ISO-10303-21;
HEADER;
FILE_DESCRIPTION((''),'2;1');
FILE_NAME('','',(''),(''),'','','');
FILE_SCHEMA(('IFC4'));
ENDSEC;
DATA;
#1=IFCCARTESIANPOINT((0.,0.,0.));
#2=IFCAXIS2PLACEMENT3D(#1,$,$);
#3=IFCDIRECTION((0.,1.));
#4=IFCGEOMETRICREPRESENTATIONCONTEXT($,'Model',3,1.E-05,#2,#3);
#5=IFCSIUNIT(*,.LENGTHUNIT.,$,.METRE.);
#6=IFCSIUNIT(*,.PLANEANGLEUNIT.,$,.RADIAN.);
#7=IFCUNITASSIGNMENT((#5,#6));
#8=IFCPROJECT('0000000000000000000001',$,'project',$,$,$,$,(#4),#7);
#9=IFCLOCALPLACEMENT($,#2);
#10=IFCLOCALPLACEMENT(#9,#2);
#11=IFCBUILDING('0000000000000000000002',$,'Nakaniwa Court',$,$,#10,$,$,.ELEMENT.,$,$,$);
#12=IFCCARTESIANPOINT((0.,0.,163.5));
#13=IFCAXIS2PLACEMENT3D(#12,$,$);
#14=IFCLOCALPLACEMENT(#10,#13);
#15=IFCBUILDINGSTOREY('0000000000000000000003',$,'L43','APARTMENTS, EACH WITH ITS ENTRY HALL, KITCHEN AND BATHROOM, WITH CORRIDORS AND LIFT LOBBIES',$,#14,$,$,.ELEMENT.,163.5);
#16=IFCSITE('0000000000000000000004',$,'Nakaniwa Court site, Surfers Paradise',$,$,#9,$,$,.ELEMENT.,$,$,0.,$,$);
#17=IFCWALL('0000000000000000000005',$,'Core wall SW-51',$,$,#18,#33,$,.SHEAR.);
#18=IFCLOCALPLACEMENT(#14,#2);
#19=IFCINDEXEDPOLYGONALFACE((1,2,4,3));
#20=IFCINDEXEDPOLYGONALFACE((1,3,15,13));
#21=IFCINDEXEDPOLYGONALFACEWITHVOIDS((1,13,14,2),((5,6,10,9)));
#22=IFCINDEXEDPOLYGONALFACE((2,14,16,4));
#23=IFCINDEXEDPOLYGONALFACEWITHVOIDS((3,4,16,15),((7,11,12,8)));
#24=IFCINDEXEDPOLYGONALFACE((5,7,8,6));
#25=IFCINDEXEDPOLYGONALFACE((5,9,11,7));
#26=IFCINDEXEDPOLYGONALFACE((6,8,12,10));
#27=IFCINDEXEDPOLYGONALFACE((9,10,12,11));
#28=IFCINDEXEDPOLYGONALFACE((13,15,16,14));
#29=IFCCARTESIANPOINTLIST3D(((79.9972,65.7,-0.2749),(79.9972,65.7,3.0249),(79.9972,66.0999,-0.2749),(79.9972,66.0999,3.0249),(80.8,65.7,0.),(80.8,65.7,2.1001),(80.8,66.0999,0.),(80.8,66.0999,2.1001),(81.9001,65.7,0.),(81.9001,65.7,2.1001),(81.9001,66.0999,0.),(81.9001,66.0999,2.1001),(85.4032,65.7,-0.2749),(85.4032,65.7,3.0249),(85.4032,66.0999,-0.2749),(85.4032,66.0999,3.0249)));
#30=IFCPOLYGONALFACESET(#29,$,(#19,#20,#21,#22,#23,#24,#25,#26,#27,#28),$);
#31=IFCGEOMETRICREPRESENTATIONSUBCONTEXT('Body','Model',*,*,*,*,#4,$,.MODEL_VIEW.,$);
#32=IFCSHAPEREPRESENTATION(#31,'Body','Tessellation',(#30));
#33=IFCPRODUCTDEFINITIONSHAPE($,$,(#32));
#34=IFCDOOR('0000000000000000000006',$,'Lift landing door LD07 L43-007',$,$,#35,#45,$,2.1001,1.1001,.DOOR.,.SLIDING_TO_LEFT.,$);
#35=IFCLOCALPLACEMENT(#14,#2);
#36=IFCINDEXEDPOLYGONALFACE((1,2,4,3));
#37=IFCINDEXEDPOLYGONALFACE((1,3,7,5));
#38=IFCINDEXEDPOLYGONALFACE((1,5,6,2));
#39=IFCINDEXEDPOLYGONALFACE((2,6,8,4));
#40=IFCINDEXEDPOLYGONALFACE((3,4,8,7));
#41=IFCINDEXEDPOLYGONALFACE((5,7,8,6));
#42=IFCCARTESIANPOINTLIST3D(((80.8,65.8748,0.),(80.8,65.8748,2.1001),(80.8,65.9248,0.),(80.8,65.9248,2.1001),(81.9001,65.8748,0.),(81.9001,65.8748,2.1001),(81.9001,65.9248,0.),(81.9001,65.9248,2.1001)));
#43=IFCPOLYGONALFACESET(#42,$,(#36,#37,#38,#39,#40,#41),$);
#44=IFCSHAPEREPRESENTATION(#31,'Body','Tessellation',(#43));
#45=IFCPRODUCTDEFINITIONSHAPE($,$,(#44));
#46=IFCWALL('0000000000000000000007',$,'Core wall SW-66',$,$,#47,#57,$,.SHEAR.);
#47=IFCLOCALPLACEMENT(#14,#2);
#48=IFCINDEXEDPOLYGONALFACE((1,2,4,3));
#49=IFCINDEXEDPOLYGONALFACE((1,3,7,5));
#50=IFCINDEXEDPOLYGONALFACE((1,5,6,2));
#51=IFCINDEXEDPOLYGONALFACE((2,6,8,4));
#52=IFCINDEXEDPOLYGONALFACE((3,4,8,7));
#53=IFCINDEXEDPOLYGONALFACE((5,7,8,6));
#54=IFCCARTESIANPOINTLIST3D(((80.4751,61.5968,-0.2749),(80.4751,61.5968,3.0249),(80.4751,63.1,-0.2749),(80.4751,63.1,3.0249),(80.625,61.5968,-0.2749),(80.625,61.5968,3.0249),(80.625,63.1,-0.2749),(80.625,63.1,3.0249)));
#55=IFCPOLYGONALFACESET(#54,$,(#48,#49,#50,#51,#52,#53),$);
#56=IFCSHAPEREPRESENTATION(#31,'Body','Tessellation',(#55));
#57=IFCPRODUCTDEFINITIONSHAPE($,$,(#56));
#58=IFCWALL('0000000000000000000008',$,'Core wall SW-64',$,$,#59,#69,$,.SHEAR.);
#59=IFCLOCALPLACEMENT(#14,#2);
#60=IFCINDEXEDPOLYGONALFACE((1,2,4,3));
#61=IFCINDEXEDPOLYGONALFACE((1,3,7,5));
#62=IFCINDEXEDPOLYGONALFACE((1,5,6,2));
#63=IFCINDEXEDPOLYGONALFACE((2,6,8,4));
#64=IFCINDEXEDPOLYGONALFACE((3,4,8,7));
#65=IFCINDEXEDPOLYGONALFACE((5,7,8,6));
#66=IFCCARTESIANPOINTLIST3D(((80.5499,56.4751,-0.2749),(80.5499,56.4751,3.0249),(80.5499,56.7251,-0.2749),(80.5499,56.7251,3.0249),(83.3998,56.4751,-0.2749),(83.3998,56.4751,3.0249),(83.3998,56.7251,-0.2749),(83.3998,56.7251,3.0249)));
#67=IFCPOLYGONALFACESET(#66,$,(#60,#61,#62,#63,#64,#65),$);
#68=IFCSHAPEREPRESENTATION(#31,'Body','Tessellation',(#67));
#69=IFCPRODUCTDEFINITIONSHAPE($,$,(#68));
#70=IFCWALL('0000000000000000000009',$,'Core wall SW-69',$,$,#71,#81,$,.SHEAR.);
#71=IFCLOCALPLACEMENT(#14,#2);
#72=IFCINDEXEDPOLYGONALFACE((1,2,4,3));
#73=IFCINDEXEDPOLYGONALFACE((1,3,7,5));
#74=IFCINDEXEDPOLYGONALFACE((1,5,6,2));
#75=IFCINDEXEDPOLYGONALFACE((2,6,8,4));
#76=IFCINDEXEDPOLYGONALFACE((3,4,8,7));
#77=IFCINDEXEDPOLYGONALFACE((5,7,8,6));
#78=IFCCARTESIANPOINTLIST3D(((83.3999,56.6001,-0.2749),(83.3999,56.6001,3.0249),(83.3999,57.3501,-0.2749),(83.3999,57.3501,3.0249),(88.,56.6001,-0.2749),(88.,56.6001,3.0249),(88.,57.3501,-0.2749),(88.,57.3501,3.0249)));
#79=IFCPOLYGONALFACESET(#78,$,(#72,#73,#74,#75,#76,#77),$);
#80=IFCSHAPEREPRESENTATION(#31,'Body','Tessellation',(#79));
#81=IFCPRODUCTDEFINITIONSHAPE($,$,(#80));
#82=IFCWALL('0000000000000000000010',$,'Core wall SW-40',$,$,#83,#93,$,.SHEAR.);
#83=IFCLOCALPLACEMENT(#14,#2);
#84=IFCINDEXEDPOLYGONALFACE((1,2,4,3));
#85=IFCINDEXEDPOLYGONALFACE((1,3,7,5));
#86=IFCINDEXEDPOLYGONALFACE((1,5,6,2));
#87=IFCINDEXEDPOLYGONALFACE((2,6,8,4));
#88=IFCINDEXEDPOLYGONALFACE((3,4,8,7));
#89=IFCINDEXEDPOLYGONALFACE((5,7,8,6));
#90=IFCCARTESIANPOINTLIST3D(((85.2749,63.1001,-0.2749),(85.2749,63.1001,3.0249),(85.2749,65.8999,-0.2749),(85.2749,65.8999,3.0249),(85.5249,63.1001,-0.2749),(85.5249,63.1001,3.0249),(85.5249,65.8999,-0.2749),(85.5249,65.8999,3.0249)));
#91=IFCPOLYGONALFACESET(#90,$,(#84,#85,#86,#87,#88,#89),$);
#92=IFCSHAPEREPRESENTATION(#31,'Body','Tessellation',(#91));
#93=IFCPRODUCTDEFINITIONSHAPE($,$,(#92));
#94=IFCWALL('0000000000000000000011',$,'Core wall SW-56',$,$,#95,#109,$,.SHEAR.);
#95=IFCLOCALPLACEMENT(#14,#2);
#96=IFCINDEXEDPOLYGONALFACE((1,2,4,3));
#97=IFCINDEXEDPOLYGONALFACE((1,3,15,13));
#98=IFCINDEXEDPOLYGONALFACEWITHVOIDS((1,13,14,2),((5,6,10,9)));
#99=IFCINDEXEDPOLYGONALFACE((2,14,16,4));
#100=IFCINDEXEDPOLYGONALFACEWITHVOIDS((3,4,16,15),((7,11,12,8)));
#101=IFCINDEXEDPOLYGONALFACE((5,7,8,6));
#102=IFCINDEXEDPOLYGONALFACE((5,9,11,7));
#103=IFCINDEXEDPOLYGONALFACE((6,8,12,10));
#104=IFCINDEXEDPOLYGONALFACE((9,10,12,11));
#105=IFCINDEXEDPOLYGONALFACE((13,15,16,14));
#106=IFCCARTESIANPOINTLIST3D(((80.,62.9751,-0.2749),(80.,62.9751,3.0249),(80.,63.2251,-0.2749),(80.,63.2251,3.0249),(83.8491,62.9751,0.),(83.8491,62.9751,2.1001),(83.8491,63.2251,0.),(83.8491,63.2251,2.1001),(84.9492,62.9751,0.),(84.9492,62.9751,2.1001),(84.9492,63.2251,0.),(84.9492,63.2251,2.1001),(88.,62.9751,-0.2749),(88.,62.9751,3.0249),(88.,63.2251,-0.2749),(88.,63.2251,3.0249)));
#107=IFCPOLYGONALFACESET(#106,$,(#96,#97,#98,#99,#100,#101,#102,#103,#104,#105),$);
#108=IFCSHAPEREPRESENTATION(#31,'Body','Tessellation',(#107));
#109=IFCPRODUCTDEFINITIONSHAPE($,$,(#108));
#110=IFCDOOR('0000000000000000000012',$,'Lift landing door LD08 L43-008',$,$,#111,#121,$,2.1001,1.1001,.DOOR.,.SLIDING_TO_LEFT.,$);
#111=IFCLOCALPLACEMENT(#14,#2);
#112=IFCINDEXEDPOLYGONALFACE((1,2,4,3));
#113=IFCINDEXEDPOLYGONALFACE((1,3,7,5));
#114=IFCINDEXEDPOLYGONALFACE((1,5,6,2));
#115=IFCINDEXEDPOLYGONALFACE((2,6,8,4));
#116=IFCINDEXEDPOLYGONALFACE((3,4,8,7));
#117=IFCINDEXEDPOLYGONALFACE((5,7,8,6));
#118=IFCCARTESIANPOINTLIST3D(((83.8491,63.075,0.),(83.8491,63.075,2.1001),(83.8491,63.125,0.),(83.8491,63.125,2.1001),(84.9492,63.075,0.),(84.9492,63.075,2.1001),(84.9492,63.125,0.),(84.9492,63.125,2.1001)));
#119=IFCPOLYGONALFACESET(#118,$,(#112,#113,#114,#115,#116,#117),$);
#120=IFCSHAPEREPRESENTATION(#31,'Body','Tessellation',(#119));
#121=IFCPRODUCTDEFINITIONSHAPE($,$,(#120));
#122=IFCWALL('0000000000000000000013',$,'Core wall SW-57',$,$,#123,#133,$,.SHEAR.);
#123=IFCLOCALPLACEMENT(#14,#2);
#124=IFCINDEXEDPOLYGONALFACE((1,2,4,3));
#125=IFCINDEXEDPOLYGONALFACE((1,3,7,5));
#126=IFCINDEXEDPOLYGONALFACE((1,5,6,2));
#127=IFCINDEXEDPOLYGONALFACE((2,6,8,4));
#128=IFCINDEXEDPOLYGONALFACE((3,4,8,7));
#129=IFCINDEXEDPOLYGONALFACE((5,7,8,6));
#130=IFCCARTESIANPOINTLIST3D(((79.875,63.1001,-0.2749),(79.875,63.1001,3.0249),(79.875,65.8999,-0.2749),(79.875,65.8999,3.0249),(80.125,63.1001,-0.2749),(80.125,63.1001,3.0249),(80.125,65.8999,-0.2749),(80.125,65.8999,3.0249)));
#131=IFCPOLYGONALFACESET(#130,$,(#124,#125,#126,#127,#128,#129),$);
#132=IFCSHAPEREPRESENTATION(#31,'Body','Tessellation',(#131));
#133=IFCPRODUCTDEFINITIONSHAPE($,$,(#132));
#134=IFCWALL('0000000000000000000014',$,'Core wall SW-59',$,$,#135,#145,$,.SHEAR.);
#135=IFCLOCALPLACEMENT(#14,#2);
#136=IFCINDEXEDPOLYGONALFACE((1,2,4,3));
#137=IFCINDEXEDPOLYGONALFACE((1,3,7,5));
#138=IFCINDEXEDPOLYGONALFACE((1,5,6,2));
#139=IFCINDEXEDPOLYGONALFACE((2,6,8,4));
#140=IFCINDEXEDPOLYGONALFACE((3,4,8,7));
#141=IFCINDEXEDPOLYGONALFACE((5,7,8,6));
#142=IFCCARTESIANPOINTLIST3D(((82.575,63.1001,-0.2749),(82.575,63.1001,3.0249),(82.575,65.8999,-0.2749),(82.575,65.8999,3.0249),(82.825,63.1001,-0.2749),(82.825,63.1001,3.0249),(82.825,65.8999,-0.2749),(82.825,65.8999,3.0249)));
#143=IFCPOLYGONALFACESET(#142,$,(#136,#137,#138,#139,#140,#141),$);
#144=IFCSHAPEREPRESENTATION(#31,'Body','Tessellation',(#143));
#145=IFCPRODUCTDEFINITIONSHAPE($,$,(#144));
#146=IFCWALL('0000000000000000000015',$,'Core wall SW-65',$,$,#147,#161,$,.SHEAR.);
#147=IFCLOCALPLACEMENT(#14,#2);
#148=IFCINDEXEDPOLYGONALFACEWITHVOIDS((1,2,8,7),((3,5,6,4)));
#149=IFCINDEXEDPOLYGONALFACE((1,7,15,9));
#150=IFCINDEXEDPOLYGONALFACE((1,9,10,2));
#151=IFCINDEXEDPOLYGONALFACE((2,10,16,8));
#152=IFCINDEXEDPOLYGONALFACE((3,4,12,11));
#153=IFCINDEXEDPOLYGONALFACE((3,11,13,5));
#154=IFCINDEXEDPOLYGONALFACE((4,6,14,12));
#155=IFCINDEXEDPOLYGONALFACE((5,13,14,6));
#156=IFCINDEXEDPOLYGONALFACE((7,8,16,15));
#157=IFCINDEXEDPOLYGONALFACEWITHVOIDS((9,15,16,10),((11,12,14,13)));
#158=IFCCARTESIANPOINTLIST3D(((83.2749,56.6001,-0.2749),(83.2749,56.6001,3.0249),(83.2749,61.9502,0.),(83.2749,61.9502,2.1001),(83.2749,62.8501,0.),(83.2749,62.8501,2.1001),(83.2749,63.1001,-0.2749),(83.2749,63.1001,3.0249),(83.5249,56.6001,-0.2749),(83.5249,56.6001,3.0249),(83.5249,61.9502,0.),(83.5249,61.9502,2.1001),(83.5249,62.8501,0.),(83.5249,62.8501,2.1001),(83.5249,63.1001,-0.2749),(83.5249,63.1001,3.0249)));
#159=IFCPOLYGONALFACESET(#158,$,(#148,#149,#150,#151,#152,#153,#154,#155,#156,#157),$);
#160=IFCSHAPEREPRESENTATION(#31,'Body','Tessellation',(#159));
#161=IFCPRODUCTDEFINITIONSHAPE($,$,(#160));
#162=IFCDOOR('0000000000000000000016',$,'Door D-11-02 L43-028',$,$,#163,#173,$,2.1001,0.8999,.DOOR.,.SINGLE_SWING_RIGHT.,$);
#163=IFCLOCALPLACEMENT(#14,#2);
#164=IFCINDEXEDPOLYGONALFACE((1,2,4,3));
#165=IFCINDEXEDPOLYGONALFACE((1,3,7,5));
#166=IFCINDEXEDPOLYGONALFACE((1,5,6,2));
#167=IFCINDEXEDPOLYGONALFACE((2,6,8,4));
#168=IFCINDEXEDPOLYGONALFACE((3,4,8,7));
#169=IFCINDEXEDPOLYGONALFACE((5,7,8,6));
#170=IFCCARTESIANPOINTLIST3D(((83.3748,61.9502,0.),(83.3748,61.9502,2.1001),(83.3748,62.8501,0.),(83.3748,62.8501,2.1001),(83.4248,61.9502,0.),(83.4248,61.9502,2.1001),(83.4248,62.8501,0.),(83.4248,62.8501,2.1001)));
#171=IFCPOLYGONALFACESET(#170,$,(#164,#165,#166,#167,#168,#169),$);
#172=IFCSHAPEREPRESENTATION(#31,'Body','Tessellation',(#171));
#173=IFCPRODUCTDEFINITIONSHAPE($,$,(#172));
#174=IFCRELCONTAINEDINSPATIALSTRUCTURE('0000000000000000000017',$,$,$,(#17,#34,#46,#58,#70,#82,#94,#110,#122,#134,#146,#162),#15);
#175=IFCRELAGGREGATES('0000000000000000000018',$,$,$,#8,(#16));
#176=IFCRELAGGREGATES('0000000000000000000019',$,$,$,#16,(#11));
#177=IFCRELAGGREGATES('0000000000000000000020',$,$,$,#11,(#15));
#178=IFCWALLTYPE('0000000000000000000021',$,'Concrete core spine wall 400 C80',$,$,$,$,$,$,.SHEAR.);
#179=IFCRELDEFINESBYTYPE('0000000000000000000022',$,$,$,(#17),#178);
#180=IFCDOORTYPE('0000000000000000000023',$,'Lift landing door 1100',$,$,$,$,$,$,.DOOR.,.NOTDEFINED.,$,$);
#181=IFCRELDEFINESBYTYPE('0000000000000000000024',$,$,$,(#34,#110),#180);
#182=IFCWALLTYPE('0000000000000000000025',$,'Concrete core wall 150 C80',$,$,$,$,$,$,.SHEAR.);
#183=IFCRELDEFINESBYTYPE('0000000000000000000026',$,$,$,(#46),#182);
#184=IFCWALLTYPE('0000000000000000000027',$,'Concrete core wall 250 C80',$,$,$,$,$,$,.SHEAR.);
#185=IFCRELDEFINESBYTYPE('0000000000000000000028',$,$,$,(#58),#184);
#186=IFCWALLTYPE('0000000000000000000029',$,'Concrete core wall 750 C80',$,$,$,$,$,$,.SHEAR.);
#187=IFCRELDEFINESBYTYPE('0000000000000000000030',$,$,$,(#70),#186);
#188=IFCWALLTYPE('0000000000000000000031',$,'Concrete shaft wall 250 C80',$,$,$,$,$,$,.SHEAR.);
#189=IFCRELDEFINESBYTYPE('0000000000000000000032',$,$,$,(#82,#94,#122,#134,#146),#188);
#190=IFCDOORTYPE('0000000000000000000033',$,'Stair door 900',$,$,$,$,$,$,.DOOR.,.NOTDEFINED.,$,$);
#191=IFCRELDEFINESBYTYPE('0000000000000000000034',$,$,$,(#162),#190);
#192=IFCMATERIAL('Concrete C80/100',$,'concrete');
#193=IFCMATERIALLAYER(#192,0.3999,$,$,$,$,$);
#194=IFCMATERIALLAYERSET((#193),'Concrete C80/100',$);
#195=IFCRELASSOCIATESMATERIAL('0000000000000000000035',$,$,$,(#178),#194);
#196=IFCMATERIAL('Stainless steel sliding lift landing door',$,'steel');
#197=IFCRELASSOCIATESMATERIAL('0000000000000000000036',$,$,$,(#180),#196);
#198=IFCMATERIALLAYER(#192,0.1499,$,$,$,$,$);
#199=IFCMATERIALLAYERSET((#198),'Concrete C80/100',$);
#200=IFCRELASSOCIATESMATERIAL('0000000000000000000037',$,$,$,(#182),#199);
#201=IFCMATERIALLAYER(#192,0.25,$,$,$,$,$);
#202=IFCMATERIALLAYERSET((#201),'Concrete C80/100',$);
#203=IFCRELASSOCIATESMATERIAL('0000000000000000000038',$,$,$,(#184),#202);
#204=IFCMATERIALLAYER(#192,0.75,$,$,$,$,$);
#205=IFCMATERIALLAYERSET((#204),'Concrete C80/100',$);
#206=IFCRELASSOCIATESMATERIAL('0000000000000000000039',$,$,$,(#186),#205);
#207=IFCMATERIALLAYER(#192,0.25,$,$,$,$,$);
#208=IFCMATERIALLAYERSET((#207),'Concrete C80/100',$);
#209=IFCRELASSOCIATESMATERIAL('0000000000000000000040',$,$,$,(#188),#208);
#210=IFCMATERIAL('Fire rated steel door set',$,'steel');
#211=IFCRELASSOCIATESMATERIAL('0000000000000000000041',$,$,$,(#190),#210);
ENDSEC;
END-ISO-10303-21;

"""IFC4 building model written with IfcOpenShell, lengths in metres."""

from ifc_helpers import new_model, si_unit, direction, frame, frame_2d, origin, place, context, subcontext, project, spatial, rectangle, extrude, material, layer, layer_set, type_object, element, fill, save


model = new_model("IFC4")

# Units and contexts
model_context = context("Model", 3, precision=1e-05, world=origin(), true_north=direction((0.0, 1.0)))
body_context = subcontext(model_context, "Body", "Model", "MODEL_VIEW")
ifc_project = project(units=[si_unit("LENGTHUNIT", "METRE"), si_unit("PLANEANGLEUNIT", "RADIAN")], contexts=[model_context])

# Site, building, storey
site_placement = place(None, origin())
site = spatial("IfcSite", under=ifc_project, at=site_placement, Name="Nakaniwa Court site, Surfers Paradise", CompositionType="ELEMENT", RefElevation=0.0)
building_placement = place(site_placement, origin())
building = spatial("IfcBuilding", under=site, at=building_placement, Name="Nakaniwa Court", CompositionType="ELEMENT")
storey_placement = place(building_placement, frame((0.0, 0.0, 163.5)))
storey = spatial("IfcBuildingStorey", under=building, at=storey_placement, Name="L43", Description="APARTMENTS, EACH WITH ITS ENTRY HALL, KITCHEN AND BATHROOM, WITH CORRIDORS AND LIFT LOBBIES", CompositionType="ELEMENT", Elevation=163.5)

# Shared definitions
ifc_material_1 = material(Name="Fire rated steel door set", Category="steel")

# Wall, opening, door
ifc_material_2 = material(Name="Concrete C80/100", Category="concrete")
ifc_layer_1 = layer(ifc_material_2, 0.3999)
ifc_layer_set_1 = layer_set([ifc_layer_1], Name="Concrete C80/100")
wall_type_1 = type_object("IfcWallType", Name="Concrete core spine wall 400 C80", PredefinedType="SHEAR", material=ifc_layer_set_1)
wall_1_placement = place(storey_placement, frame((79.9971, 65.8999, -0.2749), z_axis=(0.0, 0.0, 1.0), x_axis=(1.0, 0.0, 0.0)))
wall_1 = element("IfcWall", 1, at=wall_1_placement, inside=storey, type_object=wall_type_1, Name="Core wall SW-51", PredefinedType="SHEAR", context=body_context, shape_type="SweptSolid", body=[
    extrude(rectangle(XDim=5.406, YDim=0.3999, at=frame_2d((2.7031, 0.0))), origin(), (0.0, 0.0, 1.0), 3.2998),
])
opening_1_placement = place(wall_1_placement, frame((0.803, 0.0, 0.2749)))
opening_1 = element("IfcOpeningElement", 2, at=opening_1_placement, cuts=wall_1, PredefinedType="OPENING", context=body_context, shape_type="SweptSolid", body=[
    extrude(rectangle(XDim=1.1001, YDim=2.1001, at=frame_2d((0.55, 1.05))), frame((0.0, 0.21, 0.0), z_axis=(0.0, -1.0, 0.0), x_axis=(1.0, 0.0, 0.0)), (0.0, 0.0, 1.0), 0.4199),
])
ifc_material_3 = material(Name="Stainless steel sliding lift landing door", Category="steel")
door_type_1 = type_object("IfcDoorType", Name="Lift landing door 1100", OperationType="NOTDEFINED", PredefinedType="DOOR", material=ifc_material_3)
door_1_placement = place(opening_1_placement, origin())
door_1 = element("IfcDoor", 3, at=door_1_placement, inside=storey, type_object=door_type_1, Name="Lift landing door LD07 L43-007", OperationType="SLIDING_TO_LEFT", OverallHeight=2.1001, OverallWidth=1.1001, PredefinedType="DOOR", context=body_context, shape_type="SweptSolid", body=[
    extrude(rectangle(XDim=1.1001, YDim=2.1001, at=frame_2d((0.55, 1.05))), frame((0.0, 0.0249, 0.0), z_axis=(0.0, -1.0, 0.0), x_axis=(1.0, 0.0, 0.0)), (0.0, 0.0, 1.0), 0.05),
])
fill(opening_1, door_1)

# Walls
ifc_layer_2 = layer(ifc_material_2, 0.1499)
ifc_layer_set_2 = layer_set([ifc_layer_2], Name="Concrete C80/100")
wall_type_2 = type_object("IfcWallType", Name="Concrete core wall 150 C80", PredefinedType="SHEAR", material=ifc_layer_set_2)
wall_2_placement = place(storey_placement, frame((80.55, 61.5969, -0.2749), z_axis=(0.0, 0.0, 1.0), x_axis=(0.0, 1.0, 0.0)))
element("IfcWall", 4, at=wall_2_placement, inside=storey, type_object=wall_type_2, Name="Core wall SW-66", PredefinedType="SHEAR", context=body_context, shape_type="SweptSolid", body=[
    extrude(rectangle(XDim=1.5032, YDim=0.1499, at=frame_2d((0.7515, 0.0))), origin(), (0.0, 0.0, 1.0), 3.2998),
])
ifc_layer_3 = layer(ifc_material_2, 0.25)
ifc_layer_set_3 = layer_set([ifc_layer_3], Name="Concrete C80/100")
wall_type_3 = type_object("IfcWallType", Name="Concrete core wall 250 C80", PredefinedType="SHEAR", material=ifc_layer_set_3)
wall_3_placement = place(storey_placement, frame((80.55, 56.6001, -0.2749), z_axis=(0.0, 0.0, 1.0), x_axis=(1.0, 0.0, 0.0)))
element("IfcWall", 5, at=wall_3_placement, inside=storey, type_object=wall_type_3, Name="Core wall SW-64", PredefinedType="SHEAR", context=body_context, shape_type="SweptSolid", body=[
    extrude(rectangle(XDim=2.8499, YDim=0.25, at=frame_2d((1.4248, 0.0))), origin(), (0.0, 0.0, 1.0), 3.2998),
])
ifc_layer_4 = layer(ifc_material_2, 0.75)
ifc_layer_set_4 = layer_set([ifc_layer_4], Name="Concrete C80/100")
wall_type_4 = type_object("IfcWallType", Name="Concrete core wall 750 C80", PredefinedType="SHEAR", material=ifc_layer_set_4)
wall_4_placement = place(storey_placement, frame((83.3999, 56.9751, -0.2749), z_axis=(0.0, 0.0, 1.0), x_axis=(1.0, 0.0, 0.0)))
element("IfcWall", 6, at=wall_4_placement, inside=storey, type_object=wall_type_4, Name="Core wall SW-69", PredefinedType="SHEAR", context=body_context, shape_type="SweptSolid", body=[
    extrude(rectangle(XDim=4.6001, YDim=0.75, at=frame_2d((2.3, 0.0))), origin(), (0.0, 0.0, 1.0), 3.2998),
])
ifc_layer_5 = layer(ifc_material_2, 0.25)
ifc_layer_set_5 = layer_set([ifc_layer_5], Name="Concrete C80/100")
wall_type_5 = type_object("IfcWallType", Name="Concrete shaft wall 250 C80", PredefinedType="SHEAR", material=ifc_layer_set_5)
wall_5_placement = place(storey_placement, frame((85.3999, 63.1001, -0.2749), z_axis=(0.0, 0.0, 1.0), x_axis=(0.0, 1.0, 0.0)))
element("IfcWall", 7, at=wall_5_placement, inside=storey, type_object=wall_type_5, Name="Core wall SW-40", PredefinedType="SHEAR", context=body_context, shape_type="SweptSolid", body=[
    extrude(rectangle(XDim=2.7998, YDim=0.25, at=frame_2d((1.3999, 0.0))), origin(), (0.0, 0.0, 1.0), 3.2998),
])

# Wall, opening, door
wall_6_placement = place(storey_placement, frame((80.0, 63.1001, -0.2749), z_axis=(0.0, 0.0, 1.0), x_axis=(1.0, 0.0, 0.0)))
wall_6 = element("IfcWall", 8, at=wall_6_placement, inside=storey, type_object=wall_type_5, Name="Core wall SW-56", PredefinedType="SHEAR", context=body_context, shape_type="SweptSolid", body=[
    extrude(rectangle(XDim=8.0, YDim=0.25, at=frame_2d((4.0, 0.0))), origin(), (0.0, 0.0, 1.0), 3.2998),
])
opening_2_placement = place(wall_6_placement, frame((3.8491, 0.0, 0.2749)))
opening_2 = element("IfcOpeningElement", 9, at=opening_2_placement, cuts=wall_6, PredefinedType="OPENING", context=body_context, shape_type="SweptSolid", body=[
    extrude(rectangle(XDim=1.1001, YDim=2.1001, at=frame_2d((0.55, 1.05))), frame((0.0, 0.135, 0.0), z_axis=(0.0, -1.0, 0.0), x_axis=(1.0, 0.0, 0.0)), (0.0, 0.0, 1.0), 0.27),
])
door_2_placement = place(opening_2_placement, origin())
door_2 = element("IfcDoor", 10, at=door_2_placement, inside=storey, type_object=door_type_1, Name="Lift landing door LD08 L43-008", OperationType="SLIDING_TO_LEFT", OverallHeight=2.1001, OverallWidth=1.1001, PredefinedType="DOOR", context=body_context, shape_type="SweptSolid", body=[
    extrude(rectangle(XDim=1.1001, YDim=2.1001, at=frame_2d((0.55, 1.05))), frame((0.0, 0.0249, 0.0), z_axis=(0.0, -1.0, 0.0), x_axis=(1.0, 0.0, 0.0)), (0.0, 0.0, 1.0), 0.05),
])
fill(opening_2, door_2)

# Walls
for number, where, z_axis, x_axis, name in (
    (11, (80.0, 63.1001, -0.2749), (0.0, 0.0, 1.0), (0.0, 1.0, 0.0), "Core wall SW-57"),
    (12, (82.7, 63.1001, -0.2749), (0.0, 0.0, 1.0), (0.0, 1.0, 0.0), "Core wall SW-59"),
):
    element("IfcWall", number, at=place(storey_placement, frame(where, z_axis=z_axis, x_axis=x_axis)), inside=storey, type_object=wall_type_5, Name=name, PredefinedType="SHEAR", context=body_context, shape_type="SweptSolid", body=[
        extrude(rectangle(XDim=2.7998, YDim=0.25, at=frame_2d((1.3999, 0.0))), origin(), (0.0, 0.0, 1.0), 3.2998),
    ])

# Wall, opening, door
wall_7_placement = place(storey_placement, frame((83.3999, 63.1001, -0.2749), z_axis=(0.0, 0.0, 1.0), x_axis=(0.0, -1.0, 0.0)))
wall_7 = element("IfcWall", 13, at=wall_7_placement, inside=storey, type_object=wall_type_5, Name="Core wall SW-65", PredefinedType="SHEAR", context=body_context, shape_type="SweptSolid", body=[
    extrude(rectangle(XDim=6.5, YDim=0.25, at=frame_2d((3.25, 0.0))), origin(), (0.0, 0.0, 1.0), 3.2998),
])
opening_3_placement = place(wall_7_placement, frame((0.25, 0.0, 0.2749)))
opening_3 = element("IfcOpeningElement", 14, at=opening_3_placement, cuts=wall_7, PredefinedType="OPENING", context=body_context, shape_type="SweptSolid", body=[
    extrude(rectangle(XDim=0.8999, YDim=2.1001, at=frame_2d((0.45, 1.05))), frame((0.0, 0.135, 0.0), z_axis=(0.0, -1.0, 0.0), x_axis=(1.0, 0.0, 0.0)), (0.0, 0.0, 1.0), 0.27),
])
door_type_2 = type_object("IfcDoorType", Name="Stair door 900", OperationType="NOTDEFINED", PredefinedType="DOOR", material=ifc_material_1)
door_3_placement = place(opening_3_placement, origin())
door_3 = element("IfcDoor", 15, at=door_3_placement, inside=storey, type_object=door_type_2, Name="Door D-11-02 L43-028", OperationType="SINGLE_SWING_RIGHT", OverallHeight=2.1001, OverallWidth=0.8999, PredefinedType="DOOR", context=body_context, shape_type="SweptSolid", body=[
    extrude(rectangle(XDim=0.8999, YDim=2.1001, at=frame_2d((0.45, 1.05))), frame((0.0, 0.0249, 0.0), z_axis=(0.0, -1.0, 0.0), x_axis=(1.0, 0.0, 0.0)), (0.0, 0.0, 1.0), 0.05),
])
fill(opening_3, door_3)

save(model, "model.ifc")
